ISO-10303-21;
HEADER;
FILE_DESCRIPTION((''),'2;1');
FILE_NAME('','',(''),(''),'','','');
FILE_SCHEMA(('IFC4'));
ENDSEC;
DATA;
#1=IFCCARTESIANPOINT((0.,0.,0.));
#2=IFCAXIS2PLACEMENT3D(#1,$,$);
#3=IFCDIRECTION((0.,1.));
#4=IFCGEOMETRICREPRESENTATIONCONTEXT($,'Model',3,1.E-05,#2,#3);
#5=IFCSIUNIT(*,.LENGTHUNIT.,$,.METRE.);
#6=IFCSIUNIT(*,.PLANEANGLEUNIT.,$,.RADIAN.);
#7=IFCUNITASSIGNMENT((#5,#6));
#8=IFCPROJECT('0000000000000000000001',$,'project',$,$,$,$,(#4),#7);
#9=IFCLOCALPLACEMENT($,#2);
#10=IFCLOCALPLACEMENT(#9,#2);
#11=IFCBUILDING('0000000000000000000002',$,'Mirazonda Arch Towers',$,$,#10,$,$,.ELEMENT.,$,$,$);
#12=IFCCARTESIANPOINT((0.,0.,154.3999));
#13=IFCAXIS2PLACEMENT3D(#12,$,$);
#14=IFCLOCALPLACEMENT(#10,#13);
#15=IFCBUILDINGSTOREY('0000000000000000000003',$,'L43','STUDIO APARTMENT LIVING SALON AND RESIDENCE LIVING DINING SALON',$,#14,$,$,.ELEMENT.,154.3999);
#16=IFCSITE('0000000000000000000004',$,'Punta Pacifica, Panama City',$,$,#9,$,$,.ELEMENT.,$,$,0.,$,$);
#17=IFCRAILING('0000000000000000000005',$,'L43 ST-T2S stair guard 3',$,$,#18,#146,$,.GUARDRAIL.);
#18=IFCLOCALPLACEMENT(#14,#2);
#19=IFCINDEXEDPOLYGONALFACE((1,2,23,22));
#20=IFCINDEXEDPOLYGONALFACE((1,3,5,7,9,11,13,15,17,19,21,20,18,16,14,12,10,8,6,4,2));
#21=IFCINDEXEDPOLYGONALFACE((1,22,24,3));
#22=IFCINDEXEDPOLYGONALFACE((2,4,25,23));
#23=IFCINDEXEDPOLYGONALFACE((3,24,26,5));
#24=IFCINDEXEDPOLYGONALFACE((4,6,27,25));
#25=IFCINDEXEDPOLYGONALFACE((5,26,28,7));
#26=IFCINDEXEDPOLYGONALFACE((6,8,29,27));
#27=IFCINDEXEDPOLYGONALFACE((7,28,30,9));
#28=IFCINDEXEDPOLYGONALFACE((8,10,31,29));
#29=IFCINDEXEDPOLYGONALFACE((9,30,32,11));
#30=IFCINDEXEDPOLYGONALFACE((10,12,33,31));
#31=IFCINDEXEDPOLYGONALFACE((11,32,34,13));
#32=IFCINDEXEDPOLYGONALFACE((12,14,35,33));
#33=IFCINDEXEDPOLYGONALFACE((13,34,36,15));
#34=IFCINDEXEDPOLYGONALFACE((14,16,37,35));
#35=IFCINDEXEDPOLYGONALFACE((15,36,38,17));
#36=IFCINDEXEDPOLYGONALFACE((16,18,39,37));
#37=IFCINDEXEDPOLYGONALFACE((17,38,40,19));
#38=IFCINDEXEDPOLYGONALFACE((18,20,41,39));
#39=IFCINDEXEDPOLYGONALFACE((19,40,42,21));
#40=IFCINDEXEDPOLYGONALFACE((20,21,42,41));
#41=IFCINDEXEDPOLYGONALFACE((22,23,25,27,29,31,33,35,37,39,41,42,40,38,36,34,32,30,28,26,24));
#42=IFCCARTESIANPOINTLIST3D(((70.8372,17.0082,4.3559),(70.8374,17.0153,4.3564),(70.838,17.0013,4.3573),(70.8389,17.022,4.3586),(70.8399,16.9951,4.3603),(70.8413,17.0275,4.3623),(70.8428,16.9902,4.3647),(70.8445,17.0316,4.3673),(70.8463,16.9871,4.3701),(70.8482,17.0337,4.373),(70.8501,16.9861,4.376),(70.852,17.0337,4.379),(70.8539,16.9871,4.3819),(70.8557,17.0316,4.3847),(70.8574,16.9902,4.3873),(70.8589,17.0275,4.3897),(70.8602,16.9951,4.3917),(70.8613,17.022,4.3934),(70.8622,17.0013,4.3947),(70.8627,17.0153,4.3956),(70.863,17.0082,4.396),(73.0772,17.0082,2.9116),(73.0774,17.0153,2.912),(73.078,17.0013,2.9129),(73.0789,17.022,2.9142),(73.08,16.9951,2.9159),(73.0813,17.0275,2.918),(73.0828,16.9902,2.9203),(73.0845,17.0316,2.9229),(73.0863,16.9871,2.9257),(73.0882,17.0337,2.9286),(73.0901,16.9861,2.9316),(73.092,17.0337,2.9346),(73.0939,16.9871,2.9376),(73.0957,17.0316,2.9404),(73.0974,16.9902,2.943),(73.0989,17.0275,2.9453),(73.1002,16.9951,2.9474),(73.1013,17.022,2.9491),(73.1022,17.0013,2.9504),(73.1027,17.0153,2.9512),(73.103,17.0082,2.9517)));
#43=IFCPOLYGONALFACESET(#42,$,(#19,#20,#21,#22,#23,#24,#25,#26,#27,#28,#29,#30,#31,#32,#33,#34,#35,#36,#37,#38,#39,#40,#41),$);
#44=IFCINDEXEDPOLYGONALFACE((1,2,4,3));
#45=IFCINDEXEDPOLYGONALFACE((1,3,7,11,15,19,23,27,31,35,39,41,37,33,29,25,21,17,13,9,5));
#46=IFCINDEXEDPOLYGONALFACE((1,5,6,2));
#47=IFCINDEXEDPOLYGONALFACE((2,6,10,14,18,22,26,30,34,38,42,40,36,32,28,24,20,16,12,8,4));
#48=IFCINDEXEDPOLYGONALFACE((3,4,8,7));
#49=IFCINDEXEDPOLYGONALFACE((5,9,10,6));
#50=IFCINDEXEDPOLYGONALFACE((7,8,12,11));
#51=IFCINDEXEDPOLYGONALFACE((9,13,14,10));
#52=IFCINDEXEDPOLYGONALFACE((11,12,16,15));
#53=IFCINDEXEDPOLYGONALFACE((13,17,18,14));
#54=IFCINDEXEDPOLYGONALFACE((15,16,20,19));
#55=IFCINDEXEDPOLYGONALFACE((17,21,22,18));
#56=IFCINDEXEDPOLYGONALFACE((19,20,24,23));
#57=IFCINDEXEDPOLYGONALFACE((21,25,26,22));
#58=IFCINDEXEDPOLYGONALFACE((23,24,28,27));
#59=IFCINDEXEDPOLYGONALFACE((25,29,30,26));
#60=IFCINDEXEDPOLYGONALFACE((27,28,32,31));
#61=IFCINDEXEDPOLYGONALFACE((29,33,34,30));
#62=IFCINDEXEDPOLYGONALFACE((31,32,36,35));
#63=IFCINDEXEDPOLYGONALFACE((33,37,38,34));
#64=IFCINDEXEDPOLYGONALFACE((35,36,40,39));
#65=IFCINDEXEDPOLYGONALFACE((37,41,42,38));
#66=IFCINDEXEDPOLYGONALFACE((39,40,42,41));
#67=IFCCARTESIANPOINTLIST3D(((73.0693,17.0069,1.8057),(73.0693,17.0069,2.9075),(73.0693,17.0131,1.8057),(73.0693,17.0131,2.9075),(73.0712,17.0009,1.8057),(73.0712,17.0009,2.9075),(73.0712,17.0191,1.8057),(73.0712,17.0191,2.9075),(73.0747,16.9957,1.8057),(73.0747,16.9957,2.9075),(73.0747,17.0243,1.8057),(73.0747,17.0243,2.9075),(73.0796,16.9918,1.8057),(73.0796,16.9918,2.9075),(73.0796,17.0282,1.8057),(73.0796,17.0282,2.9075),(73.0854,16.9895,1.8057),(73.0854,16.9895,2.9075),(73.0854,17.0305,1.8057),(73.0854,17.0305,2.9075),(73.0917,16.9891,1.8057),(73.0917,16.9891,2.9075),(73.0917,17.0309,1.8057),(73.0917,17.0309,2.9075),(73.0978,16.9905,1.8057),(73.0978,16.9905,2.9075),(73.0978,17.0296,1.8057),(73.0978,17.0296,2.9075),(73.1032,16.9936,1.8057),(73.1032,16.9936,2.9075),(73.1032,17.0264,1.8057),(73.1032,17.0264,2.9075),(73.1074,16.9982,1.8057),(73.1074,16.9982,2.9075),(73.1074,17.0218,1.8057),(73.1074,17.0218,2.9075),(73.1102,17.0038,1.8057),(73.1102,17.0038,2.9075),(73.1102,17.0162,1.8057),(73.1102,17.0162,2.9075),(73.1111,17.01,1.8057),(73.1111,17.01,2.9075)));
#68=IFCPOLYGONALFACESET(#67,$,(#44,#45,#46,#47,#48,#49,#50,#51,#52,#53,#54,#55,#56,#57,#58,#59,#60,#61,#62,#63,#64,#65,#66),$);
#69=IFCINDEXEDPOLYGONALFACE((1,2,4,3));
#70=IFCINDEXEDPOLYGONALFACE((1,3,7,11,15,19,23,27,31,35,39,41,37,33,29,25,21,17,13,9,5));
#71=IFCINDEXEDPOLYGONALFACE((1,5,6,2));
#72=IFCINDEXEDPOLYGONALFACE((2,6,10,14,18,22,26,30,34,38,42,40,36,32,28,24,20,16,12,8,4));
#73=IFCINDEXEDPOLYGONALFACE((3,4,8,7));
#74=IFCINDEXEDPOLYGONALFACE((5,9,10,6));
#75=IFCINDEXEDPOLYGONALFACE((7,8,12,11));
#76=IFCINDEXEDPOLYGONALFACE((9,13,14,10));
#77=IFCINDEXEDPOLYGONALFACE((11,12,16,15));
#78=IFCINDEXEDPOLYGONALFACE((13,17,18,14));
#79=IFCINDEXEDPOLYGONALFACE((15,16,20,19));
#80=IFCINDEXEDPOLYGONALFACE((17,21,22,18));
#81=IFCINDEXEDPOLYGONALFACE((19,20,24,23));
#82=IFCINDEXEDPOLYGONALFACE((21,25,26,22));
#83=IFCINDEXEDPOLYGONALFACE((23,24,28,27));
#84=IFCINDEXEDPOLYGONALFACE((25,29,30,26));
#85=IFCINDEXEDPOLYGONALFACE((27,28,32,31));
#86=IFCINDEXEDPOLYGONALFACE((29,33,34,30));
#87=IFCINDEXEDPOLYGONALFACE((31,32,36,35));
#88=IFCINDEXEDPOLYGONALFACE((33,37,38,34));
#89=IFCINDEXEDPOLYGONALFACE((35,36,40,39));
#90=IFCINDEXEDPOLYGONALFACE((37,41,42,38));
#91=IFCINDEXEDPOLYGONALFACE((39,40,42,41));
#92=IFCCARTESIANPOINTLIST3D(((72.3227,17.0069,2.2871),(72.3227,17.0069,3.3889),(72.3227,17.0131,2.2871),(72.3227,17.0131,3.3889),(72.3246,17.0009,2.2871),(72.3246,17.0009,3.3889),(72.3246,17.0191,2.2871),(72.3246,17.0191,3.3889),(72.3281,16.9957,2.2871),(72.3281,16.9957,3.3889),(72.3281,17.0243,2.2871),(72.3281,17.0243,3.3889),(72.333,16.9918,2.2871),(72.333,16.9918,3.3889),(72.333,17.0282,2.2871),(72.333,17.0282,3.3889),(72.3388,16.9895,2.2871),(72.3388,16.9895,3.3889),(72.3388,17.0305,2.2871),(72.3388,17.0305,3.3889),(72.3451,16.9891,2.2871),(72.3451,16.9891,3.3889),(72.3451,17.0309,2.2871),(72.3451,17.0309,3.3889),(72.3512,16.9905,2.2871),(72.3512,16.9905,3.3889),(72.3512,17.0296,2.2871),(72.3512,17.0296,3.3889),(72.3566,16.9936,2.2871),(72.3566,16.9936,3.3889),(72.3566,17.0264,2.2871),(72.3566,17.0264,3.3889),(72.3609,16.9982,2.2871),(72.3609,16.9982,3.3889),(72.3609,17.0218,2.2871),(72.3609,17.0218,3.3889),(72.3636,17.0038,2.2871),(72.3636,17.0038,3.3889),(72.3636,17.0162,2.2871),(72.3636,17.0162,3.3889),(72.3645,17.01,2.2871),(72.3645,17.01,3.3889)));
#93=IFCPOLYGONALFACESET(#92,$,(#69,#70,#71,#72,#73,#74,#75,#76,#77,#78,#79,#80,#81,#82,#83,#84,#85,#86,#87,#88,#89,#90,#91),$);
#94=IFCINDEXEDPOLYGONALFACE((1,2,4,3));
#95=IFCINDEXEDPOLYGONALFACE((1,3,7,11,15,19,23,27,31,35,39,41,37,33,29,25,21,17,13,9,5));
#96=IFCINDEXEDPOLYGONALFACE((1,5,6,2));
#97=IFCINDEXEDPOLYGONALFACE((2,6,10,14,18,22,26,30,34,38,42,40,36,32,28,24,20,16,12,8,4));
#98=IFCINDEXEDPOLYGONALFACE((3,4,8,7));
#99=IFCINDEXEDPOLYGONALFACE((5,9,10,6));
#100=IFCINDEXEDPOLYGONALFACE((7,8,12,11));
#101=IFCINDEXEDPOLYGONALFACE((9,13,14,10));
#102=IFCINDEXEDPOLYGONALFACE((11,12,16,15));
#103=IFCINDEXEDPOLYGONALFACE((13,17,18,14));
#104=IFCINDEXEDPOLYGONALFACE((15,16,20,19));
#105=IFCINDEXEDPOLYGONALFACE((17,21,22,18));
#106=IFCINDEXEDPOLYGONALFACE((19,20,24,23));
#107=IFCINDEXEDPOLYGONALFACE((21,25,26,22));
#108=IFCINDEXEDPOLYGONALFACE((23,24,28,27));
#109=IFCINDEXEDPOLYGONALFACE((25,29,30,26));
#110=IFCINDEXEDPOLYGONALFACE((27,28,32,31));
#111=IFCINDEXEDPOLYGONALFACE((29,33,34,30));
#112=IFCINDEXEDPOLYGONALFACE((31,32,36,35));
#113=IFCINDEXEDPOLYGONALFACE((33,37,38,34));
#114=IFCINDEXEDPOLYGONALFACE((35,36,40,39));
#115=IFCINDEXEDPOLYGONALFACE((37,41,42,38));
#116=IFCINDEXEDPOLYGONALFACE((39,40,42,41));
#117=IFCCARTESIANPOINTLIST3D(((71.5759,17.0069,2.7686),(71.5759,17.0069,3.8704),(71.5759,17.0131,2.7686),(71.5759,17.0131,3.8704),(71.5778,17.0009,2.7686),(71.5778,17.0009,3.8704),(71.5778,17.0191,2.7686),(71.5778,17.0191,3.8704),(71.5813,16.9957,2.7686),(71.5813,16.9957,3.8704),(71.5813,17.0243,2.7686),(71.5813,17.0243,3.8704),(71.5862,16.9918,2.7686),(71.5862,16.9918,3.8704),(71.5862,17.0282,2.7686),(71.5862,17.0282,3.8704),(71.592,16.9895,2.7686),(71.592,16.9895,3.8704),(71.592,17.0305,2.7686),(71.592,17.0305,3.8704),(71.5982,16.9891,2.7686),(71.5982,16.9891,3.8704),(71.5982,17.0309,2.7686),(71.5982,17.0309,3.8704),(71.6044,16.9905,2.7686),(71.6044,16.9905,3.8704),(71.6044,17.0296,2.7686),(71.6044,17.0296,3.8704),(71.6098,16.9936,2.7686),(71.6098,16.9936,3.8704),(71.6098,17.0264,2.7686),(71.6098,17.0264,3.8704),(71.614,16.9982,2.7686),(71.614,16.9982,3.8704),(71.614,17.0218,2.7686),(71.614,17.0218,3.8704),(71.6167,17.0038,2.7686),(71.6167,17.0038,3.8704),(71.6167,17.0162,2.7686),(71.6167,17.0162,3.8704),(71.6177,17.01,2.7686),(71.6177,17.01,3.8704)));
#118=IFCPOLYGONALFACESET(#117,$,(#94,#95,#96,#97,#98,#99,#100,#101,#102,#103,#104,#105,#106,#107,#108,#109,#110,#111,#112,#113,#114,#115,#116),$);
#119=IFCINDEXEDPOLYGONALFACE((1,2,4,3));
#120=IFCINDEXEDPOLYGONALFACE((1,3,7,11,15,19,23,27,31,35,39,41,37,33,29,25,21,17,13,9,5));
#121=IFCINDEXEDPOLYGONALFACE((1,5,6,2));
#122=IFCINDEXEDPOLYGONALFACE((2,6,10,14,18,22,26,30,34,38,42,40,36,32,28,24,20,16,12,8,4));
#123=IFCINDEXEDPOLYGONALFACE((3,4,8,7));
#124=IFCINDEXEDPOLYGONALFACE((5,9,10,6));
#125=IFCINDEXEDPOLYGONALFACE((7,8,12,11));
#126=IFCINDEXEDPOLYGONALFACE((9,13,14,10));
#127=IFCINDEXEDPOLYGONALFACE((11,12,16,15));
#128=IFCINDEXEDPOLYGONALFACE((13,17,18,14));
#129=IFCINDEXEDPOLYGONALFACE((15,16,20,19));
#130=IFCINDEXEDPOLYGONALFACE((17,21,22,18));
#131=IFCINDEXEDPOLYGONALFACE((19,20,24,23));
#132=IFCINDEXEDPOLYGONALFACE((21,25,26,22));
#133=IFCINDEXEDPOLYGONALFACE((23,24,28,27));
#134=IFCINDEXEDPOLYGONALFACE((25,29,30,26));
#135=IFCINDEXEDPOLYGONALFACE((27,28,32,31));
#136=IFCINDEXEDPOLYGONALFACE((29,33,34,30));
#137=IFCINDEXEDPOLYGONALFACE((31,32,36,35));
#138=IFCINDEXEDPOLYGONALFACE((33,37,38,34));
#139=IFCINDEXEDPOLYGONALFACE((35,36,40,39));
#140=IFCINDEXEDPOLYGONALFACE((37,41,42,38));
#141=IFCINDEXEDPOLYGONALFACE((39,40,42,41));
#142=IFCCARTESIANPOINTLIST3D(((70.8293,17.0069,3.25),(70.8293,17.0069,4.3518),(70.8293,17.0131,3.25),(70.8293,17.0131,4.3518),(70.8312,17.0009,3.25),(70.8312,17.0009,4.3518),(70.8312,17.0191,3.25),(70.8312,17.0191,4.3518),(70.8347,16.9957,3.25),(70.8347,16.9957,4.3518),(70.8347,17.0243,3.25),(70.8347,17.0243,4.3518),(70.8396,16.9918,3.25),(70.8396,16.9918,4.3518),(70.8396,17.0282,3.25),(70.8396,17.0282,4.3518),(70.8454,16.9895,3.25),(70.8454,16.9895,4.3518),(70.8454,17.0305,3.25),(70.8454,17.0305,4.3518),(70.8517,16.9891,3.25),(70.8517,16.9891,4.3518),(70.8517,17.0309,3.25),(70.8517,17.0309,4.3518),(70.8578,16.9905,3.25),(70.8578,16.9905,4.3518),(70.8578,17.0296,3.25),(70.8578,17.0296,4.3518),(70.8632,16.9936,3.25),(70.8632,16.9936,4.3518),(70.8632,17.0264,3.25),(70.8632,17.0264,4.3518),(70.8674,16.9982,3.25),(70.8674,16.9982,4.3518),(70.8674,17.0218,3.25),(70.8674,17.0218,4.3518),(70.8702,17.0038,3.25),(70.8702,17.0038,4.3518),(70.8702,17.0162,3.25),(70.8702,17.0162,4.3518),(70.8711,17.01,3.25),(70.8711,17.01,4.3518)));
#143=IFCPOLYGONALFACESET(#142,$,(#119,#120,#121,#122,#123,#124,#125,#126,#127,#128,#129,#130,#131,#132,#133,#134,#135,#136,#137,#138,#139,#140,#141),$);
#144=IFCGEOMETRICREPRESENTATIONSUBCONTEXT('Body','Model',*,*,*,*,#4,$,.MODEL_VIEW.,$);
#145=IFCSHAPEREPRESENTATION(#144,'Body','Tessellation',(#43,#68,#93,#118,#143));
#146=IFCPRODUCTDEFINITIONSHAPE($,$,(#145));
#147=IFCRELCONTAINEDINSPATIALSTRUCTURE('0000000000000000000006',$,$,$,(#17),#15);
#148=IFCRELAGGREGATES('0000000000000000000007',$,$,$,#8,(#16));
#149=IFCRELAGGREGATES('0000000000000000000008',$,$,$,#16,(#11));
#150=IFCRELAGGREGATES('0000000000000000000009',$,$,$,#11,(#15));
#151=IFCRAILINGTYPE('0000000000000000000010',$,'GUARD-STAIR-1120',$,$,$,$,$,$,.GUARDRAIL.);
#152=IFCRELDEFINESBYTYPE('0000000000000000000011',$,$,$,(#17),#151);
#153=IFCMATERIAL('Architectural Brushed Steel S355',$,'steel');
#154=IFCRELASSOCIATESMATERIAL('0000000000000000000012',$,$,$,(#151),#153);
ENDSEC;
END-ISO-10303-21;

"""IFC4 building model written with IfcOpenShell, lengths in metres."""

from ifc_helpers import new_model, si_unit, direction, frame, origin, origin_2d, place, context, subcontext, project, spatial, circle, extrude, material, type_object, element, save


model = new_model("IFC4")

# Units and contexts
model_context = context("Model", 3, precision=1e-05, world=origin(), true_north=direction((0.0, 1.0)))
body_context = subcontext(model_context, "Body", "Model", "MODEL_VIEW")
ifc_project = project(units=[si_unit("LENGTHUNIT", "METRE"), si_unit("PLANEANGLEUNIT", "RADIAN")], contexts=[model_context])

# Site, building, storey
site_placement = place(None, origin())
site = spatial("IfcSite", under=ifc_project, at=site_placement, Name="Punta Pacifica, Panama City", CompositionType="ELEMENT", RefElevation=0.0)
building_placement = place(site_placement, origin())
building = spatial("IfcBuilding", under=site, at=building_placement, Name="Mirazonda Arch Towers", CompositionType="ELEMENT")
storey_placement = place(building_placement, frame((0.0, 0.0, 154.3999)))
storey = spatial("IfcBuildingStorey", under=building, at=storey_placement, Name="L43", Description="STUDIO APARTMENT LIVING SALON AND RESIDENCE LIVING DINING SALON", CompositionType="ELEMENT", Elevation=154.3999)

# Railing
ifc_material_1 = material(Name="Architectural Brushed Steel S355", Category="steel")
railing_type_1 = type_object("IfcRailingType", Name="GUARD-STAIR-1120", PredefinedType="GUARDRAIL", material=ifc_material_1)
railing_1_placement = place(storey_placement, frame((73.0901, 17.01, 1.8057)))
element("IfcRailing", 1, at=railing_1_placement, inside=storey, type_object=railing_type_1, Name="L43 ST-T2S stair guard 3", PredefinedType="GUARDRAIL", context=body_context, shape_type="SweptSolid", body=[
    extrude(circle(Radius=0.0239, at=origin_2d()), frame((0.0, 0.0, 1.126), z_axis=(-0.840437, 0.0, 0.54191), x_axis=(0.0, -1.0, 0.0)), (0.0, 0.0, 1.0), 2.6653),
    extrude(circle(Radius=0.021, at=origin_2d()), origin(), (0.0, 0.0, 1.0), 1.1018),
    extrude(circle(Radius=0.021, at=origin_2d()), frame((-0.7466, 0.0, 0.4814)), (0.0, 0.0, 1.0), 1.1018),
    extrude(circle(Radius=0.021, at=origin_2d()), frame((-1.4934, 0.0, 0.9629)), (0.0, 0.0, 1.0), 1.1018),
    extrude(circle(Radius=0.021, at=origin_2d()), frame((-2.24, 0.0, 1.4443)), (0.0, 0.0, 1.0), 1.1018),
])

save(model, "model.ifc")
